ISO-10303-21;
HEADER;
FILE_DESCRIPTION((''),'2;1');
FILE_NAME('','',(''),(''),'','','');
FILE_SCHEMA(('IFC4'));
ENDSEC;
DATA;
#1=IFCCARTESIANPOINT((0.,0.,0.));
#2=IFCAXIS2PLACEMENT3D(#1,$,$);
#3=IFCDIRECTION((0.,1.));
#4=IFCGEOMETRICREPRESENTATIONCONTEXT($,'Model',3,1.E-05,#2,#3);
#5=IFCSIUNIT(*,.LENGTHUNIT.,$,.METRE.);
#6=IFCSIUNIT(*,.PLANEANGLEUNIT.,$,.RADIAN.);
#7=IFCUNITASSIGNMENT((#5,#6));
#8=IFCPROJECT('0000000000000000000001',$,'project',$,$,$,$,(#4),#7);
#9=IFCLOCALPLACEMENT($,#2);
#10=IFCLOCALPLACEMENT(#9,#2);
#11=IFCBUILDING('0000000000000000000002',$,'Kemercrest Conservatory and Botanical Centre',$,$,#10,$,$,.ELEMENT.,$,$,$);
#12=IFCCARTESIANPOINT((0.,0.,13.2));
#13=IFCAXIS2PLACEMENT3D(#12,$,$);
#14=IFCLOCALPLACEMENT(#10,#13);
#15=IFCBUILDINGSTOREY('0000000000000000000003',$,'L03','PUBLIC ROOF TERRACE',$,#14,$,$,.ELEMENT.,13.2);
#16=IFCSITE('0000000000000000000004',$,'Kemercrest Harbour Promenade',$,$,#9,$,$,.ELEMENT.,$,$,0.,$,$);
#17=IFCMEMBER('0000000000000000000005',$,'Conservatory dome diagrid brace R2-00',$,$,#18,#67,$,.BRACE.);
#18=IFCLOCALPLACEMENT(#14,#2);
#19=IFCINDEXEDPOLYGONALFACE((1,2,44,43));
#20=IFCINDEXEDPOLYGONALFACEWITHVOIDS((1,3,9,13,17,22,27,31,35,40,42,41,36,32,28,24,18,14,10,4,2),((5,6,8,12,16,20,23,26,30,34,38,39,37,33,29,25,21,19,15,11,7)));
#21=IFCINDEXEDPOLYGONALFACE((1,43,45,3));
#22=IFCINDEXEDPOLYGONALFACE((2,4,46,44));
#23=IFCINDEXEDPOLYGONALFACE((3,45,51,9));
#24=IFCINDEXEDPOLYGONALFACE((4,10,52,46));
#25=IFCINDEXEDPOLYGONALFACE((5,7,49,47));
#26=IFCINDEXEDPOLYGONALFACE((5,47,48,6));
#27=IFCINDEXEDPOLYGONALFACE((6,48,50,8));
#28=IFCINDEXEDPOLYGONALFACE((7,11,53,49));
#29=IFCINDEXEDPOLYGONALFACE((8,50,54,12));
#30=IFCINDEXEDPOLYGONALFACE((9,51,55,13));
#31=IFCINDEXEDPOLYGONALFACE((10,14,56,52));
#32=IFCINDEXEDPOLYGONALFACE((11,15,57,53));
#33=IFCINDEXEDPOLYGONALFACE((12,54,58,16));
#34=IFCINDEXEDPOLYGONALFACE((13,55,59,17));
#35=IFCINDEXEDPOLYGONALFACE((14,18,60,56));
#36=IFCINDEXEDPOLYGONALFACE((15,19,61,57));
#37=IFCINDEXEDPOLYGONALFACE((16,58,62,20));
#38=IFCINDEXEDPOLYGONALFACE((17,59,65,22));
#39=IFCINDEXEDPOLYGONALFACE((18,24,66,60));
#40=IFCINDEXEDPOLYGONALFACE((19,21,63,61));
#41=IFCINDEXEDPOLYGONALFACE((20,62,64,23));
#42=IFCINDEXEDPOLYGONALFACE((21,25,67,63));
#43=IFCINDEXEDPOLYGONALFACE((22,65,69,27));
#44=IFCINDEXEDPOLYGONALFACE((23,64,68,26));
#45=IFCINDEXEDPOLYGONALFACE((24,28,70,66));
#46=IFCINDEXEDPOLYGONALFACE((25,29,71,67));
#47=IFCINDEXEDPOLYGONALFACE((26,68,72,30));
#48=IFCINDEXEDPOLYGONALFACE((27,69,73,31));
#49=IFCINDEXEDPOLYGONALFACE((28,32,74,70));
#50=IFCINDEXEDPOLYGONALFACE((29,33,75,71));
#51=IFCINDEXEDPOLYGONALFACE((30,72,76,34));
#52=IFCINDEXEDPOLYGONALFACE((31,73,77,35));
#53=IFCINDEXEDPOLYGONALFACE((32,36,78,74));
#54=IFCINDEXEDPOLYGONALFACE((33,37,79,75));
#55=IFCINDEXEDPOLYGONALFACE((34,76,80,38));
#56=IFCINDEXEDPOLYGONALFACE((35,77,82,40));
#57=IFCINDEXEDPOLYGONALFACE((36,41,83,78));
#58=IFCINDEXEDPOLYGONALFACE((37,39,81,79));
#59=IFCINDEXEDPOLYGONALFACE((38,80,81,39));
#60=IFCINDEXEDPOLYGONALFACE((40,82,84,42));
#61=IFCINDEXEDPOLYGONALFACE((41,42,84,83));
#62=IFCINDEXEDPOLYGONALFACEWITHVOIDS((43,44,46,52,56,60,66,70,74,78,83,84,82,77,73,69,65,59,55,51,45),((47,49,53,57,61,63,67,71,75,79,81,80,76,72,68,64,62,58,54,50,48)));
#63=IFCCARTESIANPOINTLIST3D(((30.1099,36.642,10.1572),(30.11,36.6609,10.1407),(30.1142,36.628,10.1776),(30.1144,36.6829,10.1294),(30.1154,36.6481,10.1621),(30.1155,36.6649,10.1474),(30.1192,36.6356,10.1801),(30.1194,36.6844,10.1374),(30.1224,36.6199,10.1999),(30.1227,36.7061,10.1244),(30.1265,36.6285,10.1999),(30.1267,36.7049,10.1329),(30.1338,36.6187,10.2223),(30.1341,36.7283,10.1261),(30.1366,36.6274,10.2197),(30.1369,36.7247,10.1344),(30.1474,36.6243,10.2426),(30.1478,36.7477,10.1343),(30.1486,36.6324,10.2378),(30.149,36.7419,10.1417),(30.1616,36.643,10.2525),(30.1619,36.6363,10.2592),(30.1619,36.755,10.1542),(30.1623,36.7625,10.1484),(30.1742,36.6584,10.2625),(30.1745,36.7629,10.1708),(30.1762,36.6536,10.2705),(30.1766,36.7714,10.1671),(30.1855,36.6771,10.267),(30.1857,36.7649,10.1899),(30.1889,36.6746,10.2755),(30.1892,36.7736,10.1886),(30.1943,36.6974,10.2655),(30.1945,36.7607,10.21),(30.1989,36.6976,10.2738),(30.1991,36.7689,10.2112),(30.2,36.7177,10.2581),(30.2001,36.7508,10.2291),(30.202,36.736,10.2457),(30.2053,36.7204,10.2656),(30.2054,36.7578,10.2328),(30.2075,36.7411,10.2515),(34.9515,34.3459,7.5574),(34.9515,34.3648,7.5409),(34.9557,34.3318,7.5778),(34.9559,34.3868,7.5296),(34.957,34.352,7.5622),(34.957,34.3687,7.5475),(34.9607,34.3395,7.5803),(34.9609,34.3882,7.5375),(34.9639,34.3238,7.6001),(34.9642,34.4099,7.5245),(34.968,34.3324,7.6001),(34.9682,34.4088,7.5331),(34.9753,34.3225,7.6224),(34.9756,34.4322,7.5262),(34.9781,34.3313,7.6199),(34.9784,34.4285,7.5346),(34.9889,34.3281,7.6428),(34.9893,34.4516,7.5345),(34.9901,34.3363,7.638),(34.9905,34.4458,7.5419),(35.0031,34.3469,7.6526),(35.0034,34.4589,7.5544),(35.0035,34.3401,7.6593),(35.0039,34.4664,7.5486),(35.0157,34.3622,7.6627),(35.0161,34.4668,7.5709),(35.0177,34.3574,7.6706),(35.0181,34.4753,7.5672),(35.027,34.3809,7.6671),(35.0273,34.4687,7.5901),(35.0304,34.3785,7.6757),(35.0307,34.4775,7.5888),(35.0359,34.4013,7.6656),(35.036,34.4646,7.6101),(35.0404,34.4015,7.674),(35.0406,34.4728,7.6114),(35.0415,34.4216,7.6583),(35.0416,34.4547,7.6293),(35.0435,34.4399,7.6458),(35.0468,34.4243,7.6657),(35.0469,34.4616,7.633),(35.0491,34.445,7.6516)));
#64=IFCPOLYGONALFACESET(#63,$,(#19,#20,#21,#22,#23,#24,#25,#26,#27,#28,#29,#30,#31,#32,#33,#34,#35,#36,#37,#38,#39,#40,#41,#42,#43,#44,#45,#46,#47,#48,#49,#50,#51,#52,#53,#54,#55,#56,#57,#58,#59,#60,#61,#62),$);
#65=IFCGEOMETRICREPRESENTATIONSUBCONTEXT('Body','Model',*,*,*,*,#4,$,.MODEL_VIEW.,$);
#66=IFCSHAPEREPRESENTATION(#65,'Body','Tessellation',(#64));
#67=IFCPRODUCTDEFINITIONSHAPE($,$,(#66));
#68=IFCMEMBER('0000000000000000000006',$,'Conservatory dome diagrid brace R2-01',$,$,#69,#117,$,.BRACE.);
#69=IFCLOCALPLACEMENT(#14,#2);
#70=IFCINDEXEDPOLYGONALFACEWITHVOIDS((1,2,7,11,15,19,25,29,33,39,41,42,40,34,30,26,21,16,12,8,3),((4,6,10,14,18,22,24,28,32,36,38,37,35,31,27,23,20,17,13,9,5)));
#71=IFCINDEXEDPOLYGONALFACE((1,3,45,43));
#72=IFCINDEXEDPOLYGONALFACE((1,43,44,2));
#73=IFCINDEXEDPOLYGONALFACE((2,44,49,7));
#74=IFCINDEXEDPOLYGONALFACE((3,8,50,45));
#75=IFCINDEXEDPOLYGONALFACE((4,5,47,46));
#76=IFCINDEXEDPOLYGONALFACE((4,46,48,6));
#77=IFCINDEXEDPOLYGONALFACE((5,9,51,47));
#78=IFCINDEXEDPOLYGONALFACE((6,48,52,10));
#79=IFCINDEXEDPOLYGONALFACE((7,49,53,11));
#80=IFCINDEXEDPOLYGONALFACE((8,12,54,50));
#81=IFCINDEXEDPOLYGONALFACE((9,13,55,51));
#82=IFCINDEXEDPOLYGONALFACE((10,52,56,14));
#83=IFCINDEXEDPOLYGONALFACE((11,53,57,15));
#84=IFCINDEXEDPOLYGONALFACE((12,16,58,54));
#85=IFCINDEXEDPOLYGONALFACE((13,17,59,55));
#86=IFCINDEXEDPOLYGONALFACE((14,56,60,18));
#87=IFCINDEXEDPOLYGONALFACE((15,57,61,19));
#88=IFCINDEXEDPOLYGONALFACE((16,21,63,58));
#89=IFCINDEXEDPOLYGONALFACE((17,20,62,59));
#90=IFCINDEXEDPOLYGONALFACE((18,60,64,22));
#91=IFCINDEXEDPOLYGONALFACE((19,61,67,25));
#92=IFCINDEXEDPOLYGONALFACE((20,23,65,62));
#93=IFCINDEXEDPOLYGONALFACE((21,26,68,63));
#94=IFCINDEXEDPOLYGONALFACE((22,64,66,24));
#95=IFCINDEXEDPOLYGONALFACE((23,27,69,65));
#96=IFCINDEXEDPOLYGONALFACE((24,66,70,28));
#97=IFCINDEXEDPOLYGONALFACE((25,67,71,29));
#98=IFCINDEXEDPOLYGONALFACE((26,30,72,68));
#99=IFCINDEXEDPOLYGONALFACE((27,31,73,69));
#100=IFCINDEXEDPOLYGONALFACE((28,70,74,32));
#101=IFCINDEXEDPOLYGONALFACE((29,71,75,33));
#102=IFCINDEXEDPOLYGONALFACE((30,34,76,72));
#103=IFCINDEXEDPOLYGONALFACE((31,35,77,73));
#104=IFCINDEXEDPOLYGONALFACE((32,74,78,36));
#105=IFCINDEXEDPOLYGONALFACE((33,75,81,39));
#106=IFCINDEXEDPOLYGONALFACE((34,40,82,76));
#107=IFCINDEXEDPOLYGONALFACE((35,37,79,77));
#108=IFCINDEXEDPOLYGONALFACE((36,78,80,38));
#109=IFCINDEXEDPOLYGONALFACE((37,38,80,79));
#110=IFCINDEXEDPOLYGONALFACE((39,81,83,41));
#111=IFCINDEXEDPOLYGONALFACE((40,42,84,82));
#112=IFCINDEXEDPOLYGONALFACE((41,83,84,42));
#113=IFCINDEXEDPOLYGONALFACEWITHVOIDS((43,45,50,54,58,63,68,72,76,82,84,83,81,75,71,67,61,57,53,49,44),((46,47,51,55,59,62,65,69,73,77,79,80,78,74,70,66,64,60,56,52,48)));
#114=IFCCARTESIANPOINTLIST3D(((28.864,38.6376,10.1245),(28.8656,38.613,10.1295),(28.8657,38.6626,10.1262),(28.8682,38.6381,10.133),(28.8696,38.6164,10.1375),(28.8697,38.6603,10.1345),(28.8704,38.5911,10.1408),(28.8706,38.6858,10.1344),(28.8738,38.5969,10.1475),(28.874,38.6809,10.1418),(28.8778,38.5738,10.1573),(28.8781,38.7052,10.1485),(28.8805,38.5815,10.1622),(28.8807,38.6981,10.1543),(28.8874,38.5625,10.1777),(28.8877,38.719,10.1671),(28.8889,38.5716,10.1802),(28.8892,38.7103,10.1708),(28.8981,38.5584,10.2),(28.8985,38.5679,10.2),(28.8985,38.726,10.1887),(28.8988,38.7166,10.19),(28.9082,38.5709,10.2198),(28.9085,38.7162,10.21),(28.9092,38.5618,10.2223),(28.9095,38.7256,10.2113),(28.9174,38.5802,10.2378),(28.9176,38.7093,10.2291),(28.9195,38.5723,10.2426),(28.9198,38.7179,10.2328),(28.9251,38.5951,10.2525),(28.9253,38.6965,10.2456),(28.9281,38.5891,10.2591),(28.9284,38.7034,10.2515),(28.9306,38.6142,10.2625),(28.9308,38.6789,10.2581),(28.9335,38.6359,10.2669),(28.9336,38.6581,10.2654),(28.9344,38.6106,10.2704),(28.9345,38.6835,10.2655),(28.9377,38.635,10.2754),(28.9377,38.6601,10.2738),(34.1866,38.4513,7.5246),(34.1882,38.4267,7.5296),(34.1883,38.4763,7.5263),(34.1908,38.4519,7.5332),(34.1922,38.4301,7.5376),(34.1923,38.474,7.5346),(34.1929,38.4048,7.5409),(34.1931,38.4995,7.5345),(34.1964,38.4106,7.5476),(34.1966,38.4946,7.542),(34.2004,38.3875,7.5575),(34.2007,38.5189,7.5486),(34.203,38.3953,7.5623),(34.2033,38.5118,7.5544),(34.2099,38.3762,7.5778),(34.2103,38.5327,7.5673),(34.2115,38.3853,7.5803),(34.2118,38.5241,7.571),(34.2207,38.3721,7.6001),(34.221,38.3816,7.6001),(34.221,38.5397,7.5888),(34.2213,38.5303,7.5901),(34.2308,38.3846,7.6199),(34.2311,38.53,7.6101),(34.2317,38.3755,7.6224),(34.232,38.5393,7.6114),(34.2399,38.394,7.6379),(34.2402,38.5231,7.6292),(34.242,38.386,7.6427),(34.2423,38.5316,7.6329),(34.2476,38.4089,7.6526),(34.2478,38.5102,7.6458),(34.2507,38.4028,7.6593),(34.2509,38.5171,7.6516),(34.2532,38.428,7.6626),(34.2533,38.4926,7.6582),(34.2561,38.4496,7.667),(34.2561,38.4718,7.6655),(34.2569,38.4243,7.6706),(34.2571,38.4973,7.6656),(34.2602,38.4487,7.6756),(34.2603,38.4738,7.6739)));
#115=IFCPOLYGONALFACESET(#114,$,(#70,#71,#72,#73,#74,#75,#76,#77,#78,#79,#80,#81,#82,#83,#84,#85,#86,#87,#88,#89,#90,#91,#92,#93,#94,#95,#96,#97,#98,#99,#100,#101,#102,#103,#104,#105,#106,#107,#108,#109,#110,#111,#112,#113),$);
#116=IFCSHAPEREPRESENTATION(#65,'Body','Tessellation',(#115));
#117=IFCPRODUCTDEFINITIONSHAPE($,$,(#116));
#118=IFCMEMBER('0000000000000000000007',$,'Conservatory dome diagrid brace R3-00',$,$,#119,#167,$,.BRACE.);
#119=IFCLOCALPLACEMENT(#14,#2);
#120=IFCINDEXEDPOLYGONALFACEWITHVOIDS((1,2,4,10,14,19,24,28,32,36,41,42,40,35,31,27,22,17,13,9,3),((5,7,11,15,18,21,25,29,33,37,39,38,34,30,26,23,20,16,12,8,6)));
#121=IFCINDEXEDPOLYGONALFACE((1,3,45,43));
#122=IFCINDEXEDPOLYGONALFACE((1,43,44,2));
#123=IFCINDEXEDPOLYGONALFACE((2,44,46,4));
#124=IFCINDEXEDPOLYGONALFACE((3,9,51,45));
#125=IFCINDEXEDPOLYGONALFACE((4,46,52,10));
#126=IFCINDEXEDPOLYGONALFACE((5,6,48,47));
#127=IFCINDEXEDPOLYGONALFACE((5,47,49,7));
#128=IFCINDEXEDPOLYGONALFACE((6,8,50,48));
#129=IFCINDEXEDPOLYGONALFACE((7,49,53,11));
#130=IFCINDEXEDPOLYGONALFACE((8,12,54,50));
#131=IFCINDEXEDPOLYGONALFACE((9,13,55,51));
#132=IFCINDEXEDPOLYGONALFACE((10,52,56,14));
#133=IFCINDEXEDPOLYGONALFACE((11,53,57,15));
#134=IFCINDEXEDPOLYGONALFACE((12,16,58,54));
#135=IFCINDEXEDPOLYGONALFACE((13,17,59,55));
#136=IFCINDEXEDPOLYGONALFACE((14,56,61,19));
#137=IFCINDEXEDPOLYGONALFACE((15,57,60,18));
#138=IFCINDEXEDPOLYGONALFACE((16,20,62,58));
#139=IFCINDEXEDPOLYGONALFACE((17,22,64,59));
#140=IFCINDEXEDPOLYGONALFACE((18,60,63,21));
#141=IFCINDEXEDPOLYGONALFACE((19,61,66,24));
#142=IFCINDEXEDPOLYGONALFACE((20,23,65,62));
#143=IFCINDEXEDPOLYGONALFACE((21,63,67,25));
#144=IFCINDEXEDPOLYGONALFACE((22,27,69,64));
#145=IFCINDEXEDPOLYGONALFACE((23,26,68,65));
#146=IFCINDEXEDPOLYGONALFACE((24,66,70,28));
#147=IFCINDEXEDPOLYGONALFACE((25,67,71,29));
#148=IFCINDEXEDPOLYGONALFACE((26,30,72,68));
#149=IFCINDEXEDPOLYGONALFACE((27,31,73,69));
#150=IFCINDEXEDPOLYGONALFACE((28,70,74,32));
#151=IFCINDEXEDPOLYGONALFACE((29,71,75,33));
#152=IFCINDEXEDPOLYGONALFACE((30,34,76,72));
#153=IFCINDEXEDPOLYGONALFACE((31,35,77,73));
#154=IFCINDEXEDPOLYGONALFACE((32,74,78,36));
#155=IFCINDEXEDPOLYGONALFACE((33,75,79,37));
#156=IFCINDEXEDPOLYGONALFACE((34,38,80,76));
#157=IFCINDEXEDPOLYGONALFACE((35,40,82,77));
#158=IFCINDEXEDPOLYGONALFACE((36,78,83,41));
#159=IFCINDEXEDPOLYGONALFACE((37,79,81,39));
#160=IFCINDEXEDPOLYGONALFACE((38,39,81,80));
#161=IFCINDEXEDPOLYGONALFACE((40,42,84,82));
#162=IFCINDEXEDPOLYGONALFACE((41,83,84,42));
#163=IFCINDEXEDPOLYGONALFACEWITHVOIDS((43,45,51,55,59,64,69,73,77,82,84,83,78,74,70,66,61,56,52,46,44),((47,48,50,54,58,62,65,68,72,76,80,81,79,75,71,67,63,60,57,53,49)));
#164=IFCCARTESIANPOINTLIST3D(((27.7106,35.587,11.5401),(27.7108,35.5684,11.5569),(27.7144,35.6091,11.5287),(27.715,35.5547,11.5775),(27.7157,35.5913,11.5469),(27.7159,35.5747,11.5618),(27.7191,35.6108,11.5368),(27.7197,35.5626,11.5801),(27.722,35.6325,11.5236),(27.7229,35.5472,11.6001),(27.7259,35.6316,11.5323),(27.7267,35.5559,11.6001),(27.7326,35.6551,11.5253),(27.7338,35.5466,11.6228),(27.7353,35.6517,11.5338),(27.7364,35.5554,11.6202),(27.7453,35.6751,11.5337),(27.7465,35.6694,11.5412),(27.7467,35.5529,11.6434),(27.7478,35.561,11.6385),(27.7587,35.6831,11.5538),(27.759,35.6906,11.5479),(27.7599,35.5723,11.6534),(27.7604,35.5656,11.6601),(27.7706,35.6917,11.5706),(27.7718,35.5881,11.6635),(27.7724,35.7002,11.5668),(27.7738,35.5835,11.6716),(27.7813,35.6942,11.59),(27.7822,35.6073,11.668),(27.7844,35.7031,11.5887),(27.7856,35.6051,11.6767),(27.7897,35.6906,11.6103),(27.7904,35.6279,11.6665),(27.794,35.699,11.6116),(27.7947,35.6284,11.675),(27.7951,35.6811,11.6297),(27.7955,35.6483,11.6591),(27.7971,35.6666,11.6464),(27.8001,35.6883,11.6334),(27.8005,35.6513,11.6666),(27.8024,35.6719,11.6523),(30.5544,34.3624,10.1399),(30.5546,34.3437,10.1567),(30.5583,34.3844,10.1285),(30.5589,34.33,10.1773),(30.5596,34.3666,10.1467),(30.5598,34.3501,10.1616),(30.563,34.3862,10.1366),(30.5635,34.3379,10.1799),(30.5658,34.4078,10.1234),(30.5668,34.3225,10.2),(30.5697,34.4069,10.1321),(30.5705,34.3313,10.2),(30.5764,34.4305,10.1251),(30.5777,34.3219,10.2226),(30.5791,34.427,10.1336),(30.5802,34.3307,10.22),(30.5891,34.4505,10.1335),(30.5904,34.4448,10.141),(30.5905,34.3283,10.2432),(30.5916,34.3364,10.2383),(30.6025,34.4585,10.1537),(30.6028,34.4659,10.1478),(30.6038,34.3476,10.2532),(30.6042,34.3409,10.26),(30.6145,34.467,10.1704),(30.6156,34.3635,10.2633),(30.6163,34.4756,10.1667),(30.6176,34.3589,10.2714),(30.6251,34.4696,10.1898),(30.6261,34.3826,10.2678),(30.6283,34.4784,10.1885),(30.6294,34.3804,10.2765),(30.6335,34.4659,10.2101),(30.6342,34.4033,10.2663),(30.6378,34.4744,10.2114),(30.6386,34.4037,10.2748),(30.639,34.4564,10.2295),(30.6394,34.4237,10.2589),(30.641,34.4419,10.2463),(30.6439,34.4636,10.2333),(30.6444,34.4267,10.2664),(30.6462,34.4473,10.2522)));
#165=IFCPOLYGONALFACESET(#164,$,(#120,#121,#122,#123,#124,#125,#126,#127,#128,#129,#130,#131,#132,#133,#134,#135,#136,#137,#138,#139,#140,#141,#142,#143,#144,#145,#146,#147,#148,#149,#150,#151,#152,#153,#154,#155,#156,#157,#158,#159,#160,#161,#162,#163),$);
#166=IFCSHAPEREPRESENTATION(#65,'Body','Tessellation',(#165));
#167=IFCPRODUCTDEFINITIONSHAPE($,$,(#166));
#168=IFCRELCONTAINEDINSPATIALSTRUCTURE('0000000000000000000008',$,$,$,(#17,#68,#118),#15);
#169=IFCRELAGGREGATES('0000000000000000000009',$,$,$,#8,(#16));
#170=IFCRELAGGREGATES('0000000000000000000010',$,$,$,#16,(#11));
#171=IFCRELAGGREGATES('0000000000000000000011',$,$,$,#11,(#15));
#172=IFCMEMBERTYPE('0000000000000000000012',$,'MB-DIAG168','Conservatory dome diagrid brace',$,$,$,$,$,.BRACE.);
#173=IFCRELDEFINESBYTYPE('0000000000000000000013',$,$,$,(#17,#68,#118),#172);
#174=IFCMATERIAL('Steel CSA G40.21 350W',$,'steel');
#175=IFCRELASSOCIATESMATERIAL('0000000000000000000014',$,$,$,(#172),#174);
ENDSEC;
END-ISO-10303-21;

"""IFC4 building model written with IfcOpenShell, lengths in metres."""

from ifc_helpers import new_model, si_unit, direction, frame, origin, origin_2d, place, context, subcontext, project, spatial, hollow_circle, extrude, material, material_profile, profile_set, type_object, element, save


model = new_model("IFC4")

# Units and contexts
model_context = context("Model", 3, precision=1e-05, world=origin(), true_north=direction((0.0, 1.0)))
body_context = subcontext(model_context, "Body", "Model", "MODEL_VIEW")
ifc_project = project(units=[si_unit("LENGTHUNIT", "METRE"), si_unit("PLANEANGLEUNIT", "RADIAN")], contexts=[model_context])

# Site, building, storey
site_placement = place(None, origin())
site = spatial("IfcSite", under=ifc_project, at=site_placement, Name="Kemercrest Harbour Promenade", CompositionType="ELEMENT", RefElevation=0.0)
building_placement = place(site_placement, origin())
building = spatial("IfcBuilding", under=site, at=building_placement, Name="Kemercrest Conservatory and Botanical Centre", CompositionType="ELEMENT")
storey_placement = place(building_placement, frame((0.0, 0.0, 13.2)))
storey = spatial("IfcBuildingStorey", under=building, at=storey_placement, Name="L03", Description="PUBLIC ROOF TERRACE", CompositionType="ELEMENT", Elevation=13.2)

# Shared definitions
ifc_material_1 = material(Name="Steel CSA G40.21 350W", Category="steel")

# Members
ifc_material_profile_1 = material_profile(ifc_material_1, hollow_circle(Radius=0.0842, WallThickness=0.0095, at=origin_2d()), Name="CHS 168.3x9.5")
ifc_profile_set_1 = profile_set([ifc_material_profile_1], Name="Steel CSA G40.21 350W")
member_type_1 = type_object("IfcMemberType", Name="MB-DIAG168", Description="Conservatory dome diagrid brace", PredefinedType="BRACE", material=ifc_profile_set_1)
member_1_placement = place(storey_placement, frame((35.0, 34.3999, 7.6001), z_axis=(-0.812907, 0.385527, 0.436521), x_axis=(-0.428509, -0.903537, 0.0)))
element("IfcMember", 1, at=member_1_placement, inside=storey, type_object=member_type_1, Name="Conservatory dome diagrid brace R2-00", PredefinedType="BRACE", context=body_context, shape_type="SweptSolid", body=[
    extrude(hollow_circle(Radius=0.0842, WallThickness=0.0095, at=origin_2d()), origin(), (0.0, 0.0, 1.0), 5.9558),
])
member_2_placement = place(storey_placement, frame((34.2236, 38.4563, 7.6001), z_axis=(-0.898091, 0.031432, 0.438685), x_axis=(-0.034977, -0.999388, 0.0)))
element("IfcMember", 2, at=member_2_placement, inside=storey, type_object=member_type_1, Name="Conservatory dome diagrid brace R2-01", PredefinedType="BRACE", context=body_context, shape_type="SweptSolid", body=[
    extrude(hollow_circle(Radius=0.0842, WallThickness=0.0095, at=origin_2d()), origin(), (0.0, 0.0, 1.0), 5.9265),
])
member_3_placement = place(storey_placement, frame((30.6001, 34.3999, 10.2), z_axis=(-0.836868, 0.360382, 0.41204), x_axis=(-0.395517, -0.918458, 0.0)))
element("IfcMember", 3, at=member_3_placement, inside=storey, type_object=member_type_1, Name="Conservatory dome diagrid brace R3-00", PredefinedType="BRACE", context=body_context, shape_type="SweptSolid", body=[
    extrude(hollow_circle(Radius=0.0842, WallThickness=0.0095, at=origin_2d()), origin(), (0.0, 0.0, 1.0), 3.3982),
])

save(model, "model.ifc")
